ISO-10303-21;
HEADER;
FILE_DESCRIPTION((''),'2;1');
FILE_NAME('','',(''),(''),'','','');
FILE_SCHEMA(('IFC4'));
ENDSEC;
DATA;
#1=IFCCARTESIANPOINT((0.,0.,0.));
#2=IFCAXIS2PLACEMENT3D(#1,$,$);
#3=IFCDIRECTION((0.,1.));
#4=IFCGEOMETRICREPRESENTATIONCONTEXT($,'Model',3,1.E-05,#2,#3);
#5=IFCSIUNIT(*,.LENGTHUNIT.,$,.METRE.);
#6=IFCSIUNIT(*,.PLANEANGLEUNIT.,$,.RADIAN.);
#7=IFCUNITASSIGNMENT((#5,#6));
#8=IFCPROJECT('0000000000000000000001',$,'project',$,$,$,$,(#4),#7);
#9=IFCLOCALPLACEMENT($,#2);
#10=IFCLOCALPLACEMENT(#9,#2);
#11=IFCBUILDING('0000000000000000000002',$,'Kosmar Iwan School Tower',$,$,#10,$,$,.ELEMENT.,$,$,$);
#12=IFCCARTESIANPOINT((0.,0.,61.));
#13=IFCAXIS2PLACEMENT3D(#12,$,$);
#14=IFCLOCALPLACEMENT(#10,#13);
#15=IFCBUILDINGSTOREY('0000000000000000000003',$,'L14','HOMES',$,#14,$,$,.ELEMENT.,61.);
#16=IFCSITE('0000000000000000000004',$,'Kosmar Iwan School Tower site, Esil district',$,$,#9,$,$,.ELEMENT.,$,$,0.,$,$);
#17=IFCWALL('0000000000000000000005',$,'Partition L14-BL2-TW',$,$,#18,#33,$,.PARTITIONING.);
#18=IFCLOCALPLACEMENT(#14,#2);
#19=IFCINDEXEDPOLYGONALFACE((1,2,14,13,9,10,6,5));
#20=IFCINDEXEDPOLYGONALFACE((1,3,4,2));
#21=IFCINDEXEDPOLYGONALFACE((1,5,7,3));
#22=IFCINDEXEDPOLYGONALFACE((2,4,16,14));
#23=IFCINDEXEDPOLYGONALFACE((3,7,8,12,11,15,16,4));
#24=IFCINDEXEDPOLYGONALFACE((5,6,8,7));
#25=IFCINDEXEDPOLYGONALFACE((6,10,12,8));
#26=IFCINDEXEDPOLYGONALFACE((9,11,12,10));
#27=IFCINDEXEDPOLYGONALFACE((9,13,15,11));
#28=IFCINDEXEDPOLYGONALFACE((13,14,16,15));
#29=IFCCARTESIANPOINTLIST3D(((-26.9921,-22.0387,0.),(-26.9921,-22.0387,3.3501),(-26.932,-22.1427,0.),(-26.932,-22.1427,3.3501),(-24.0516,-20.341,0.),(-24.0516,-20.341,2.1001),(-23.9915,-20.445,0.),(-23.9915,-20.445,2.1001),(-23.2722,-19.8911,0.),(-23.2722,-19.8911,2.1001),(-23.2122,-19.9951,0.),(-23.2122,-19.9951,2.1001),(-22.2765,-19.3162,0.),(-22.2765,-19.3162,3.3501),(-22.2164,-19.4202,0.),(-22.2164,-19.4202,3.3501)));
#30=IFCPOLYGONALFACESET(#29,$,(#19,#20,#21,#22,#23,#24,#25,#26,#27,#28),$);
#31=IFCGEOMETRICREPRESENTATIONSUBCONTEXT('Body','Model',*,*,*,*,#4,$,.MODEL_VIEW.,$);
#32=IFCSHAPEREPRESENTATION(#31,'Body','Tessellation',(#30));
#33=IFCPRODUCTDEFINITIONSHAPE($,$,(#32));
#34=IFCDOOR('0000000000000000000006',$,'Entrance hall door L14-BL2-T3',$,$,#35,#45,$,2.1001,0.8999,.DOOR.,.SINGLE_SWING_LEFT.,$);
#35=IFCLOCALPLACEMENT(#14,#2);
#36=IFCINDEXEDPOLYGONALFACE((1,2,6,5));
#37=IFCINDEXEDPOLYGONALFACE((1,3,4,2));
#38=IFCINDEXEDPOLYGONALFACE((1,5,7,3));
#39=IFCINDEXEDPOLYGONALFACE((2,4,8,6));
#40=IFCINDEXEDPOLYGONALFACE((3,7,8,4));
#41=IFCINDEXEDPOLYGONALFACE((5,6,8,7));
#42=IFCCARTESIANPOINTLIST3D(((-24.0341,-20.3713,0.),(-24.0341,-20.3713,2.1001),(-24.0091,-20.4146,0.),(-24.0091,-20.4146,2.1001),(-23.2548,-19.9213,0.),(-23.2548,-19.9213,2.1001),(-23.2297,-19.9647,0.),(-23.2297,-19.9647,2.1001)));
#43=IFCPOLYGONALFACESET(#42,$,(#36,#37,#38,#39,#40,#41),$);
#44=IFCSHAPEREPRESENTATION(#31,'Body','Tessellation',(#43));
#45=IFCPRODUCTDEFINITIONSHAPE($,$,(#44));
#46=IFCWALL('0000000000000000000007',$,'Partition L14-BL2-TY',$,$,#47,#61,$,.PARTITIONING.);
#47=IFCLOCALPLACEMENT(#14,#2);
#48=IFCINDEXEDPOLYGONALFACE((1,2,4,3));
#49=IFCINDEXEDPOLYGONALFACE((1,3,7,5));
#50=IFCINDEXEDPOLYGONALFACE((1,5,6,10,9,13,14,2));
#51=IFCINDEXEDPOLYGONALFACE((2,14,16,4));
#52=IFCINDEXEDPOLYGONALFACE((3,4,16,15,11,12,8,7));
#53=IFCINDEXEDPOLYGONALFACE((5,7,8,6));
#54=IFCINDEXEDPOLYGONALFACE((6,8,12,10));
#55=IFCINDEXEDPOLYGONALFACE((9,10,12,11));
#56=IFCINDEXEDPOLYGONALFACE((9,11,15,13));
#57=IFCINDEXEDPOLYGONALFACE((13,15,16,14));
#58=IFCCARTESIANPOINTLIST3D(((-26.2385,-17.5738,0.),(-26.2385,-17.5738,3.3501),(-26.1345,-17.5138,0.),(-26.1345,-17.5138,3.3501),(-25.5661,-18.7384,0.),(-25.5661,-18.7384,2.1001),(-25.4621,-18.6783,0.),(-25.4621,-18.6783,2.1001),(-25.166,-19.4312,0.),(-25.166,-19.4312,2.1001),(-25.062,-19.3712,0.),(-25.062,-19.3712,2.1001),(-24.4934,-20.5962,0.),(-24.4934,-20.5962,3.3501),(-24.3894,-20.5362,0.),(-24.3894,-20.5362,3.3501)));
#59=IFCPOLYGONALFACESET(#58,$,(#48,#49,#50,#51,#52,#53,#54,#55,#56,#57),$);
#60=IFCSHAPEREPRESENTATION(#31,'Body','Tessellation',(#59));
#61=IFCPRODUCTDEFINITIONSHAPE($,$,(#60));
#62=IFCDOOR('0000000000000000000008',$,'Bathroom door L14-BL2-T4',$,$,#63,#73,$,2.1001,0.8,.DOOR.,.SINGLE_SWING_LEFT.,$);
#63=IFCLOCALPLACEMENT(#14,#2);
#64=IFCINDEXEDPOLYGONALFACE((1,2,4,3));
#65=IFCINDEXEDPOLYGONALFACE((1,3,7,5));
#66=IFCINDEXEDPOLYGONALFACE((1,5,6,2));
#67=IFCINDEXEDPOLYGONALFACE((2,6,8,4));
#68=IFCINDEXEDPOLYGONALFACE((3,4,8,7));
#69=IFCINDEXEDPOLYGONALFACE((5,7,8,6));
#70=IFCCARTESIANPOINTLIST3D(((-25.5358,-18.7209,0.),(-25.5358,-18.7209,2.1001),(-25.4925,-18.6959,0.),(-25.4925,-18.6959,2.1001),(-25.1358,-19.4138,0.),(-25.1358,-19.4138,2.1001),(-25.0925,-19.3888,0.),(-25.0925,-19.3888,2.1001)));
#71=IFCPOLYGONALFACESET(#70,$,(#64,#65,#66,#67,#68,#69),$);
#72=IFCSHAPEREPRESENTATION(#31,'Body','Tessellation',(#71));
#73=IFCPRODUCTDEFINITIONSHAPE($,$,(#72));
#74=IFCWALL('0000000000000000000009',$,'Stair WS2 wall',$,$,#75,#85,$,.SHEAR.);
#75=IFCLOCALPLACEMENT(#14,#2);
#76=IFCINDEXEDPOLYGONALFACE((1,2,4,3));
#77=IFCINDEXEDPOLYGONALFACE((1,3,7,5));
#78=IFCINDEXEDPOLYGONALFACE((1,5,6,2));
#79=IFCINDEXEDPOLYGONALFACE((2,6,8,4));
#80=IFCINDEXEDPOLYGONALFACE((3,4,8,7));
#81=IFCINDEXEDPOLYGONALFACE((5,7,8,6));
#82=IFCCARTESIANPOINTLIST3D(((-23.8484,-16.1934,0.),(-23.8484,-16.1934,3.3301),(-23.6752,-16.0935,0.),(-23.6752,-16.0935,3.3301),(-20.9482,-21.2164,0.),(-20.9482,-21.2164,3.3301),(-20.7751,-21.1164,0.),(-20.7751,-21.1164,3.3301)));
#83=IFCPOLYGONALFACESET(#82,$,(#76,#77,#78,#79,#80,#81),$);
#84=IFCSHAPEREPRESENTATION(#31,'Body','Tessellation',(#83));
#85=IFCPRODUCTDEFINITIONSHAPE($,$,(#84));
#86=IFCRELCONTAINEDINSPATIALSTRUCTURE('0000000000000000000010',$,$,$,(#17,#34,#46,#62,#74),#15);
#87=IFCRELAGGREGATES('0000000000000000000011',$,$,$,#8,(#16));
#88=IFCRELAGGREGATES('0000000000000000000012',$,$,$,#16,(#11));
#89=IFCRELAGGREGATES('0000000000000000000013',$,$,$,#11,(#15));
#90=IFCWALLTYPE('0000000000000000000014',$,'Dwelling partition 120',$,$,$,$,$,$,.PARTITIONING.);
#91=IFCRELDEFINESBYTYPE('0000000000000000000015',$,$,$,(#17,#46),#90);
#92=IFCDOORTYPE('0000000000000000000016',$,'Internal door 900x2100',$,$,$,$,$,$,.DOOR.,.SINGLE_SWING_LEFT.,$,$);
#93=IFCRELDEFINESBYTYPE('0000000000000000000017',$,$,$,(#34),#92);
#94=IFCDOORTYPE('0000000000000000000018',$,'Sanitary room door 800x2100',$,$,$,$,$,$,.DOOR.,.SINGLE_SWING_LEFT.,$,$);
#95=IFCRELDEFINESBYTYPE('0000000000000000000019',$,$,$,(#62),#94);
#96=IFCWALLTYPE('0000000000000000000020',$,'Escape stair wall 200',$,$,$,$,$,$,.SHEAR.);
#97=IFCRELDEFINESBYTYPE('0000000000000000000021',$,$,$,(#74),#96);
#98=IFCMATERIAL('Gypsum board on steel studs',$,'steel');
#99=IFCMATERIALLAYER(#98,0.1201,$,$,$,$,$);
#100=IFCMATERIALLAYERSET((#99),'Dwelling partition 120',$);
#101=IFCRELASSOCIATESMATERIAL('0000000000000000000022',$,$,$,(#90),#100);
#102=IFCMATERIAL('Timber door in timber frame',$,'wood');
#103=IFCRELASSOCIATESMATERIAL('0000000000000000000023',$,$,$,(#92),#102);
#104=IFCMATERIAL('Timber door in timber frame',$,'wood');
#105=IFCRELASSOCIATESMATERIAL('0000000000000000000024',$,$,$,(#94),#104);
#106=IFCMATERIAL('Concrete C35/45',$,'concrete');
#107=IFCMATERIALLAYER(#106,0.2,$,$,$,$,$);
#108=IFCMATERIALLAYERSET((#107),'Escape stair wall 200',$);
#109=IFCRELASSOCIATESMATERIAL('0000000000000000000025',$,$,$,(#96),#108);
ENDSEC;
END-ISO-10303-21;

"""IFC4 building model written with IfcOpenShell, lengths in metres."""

from ifc_helpers import new_model, si_unit, direction, frame, frame_2d, origin, place, context, subcontext, project, spatial, rectangle, extrude, material, layer, layer_set, type_object, element, fill, save


model = new_model("IFC4")

# Units and contexts
model_context = context("Model", 3, precision=1e-05, world=origin(), true_north=direction((0.0, 1.0)))
body_context = subcontext(model_context, "Body", "Model", "MODEL_VIEW")
ifc_project = project(units=[si_unit("LENGTHUNIT", "METRE"), si_unit("PLANEANGLEUNIT", "RADIAN")], contexts=[model_context])

# Site, building, storey
site_placement = place(None, origin())
site = spatial("IfcSite", under=ifc_project, at=site_placement, Name="Kosmar Iwan School Tower site, Esil district", CompositionType="ELEMENT", RefElevation=0.0)
building_placement = place(site_placement, origin())
building = spatial("IfcBuilding", under=site, at=building_placement, Name="Kosmar Iwan School Tower", CompositionType="ELEMENT")
storey_placement = place(building_placement, frame((0.0, 0.0, 61.0)))
storey = spatial("IfcBuildingStorey", under=building, at=storey_placement, Name="L14", Description="HOMES", CompositionType="ELEMENT", Elevation=61.0)

# Walls, openings, doors
ifc_material_1 = material(Name="Gypsum board on steel studs", Category="steel")
ifc_layer_1 = layer(ifc_material_1, 0.1201)
ifc_layer_set_1 = layer_set([ifc_layer_1], Name="Dwelling partition 120")
wall_type_1 = type_object("IfcWallType", Name="Dwelling partition 120", PredefinedType="PARTITIONING", material=ifc_layer_set_1)
ifc_material_2 = material(Name="Timber door in timber frame", Category="wood")
door_type_1 = type_object("IfcDoorType", Name="Internal door 900x2100", OperationType="SINGLE_SWING_LEFT", PredefinedType="DOOR", material=ifc_material_2)
wall_1_placement = place(storey_placement, frame((-22.2463, -19.3682, 0.0), z_axis=(0.0, 0.0, 1.0), x_axis=(-0.866036, -0.499982, 0.0)))
wall_1 = element("IfcWall", 1, at=wall_1_placement, inside=storey, type_object=wall_type_1, Name="Partition L14-BL2-TW", PredefinedType="PARTITIONING", context=body_context, shape_type="SweptSolid", body=[
    extrude(rectangle(XDim=5.4451, YDim=0.1201, at=frame_2d((2.7227, 0.0))), origin(), (0.0, 0.0, 1.0), 3.3501),
])
opening_1_placement = place(wall_1_placement, frame((1.1499, 0.0, 0.0)))
opening_1 = element("IfcOpeningElement", 2, at=opening_1_placement, cuts=wall_1, PredefinedType="OPENING", context=body_context, shape_type="SweptSolid", body=[
    extrude(rectangle(XDim=0.8999, YDim=2.1001, at=frame_2d((0.45, 1.05))), frame((0.0, 0.072, 0.0), z_axis=(0.0, -1.0, 0.0), x_axis=(1.0, 0.0, 0.0)), (0.0, 0.0, 1.0), 0.144),
])
door_1_placement = place(opening_1_placement, origin())
door_1 = element("IfcDoor", 3, at=door_1_placement, inside=storey, type_object=door_type_1, Name="Entrance hall door L14-BL2-T3", OperationType="SINGLE_SWING_LEFT", OverallHeight=2.1001, OverallWidth=0.8999, PredefinedType="DOOR", context=body_context, shape_type="SweptSolid", body=[
    extrude(rectangle(XDim=0.8999, YDim=2.1001, at=frame_2d((0.45, 1.05))), frame((0.0, 0.0249, 0.0), z_axis=(0.0, -1.0, 0.0), x_axis=(1.0, 0.0, 0.0)), (0.0, 0.0, 1.0), 0.05),
])
fill(opening_1, door_1)
wall_2_placement = place(storey_placement, frame((-26.1865, -17.5437, 0.0), z_axis=(0.0, 0.0, 1.0), x_axis=(0.500021, -0.866013, 0.0)))
wall_2 = element("IfcWall", 4, at=wall_2_placement, inside=storey, type_object=wall_type_1, Name="Partition L14-BL2-TY", PredefinedType="PARTITIONING", context=body_context, shape_type="SweptSolid", body=[
    extrude(rectangle(XDim=3.49, YDim=0.1201, at=frame_2d((1.7451, 0.0))), origin(), (0.0, 0.0, 1.0), 3.3501),
])
opening_2_placement = place(wall_2_placement, frame((1.345, 0.0, 0.0)))
opening_2 = element("IfcOpeningElement", 5, at=opening_2_placement, cuts=wall_2, PredefinedType="OPENING", context=body_context, shape_type="SweptSolid", body=[
    extrude(rectangle(XDim=0.8, YDim=2.1001, at=frame_2d((0.3999, 1.05))), frame((0.0, 0.072, 0.0), z_axis=(0.0, -1.0, 0.0), x_axis=(1.0, 0.0, 0.0)), (0.0, 0.0, 1.0), 0.144),
])
ifc_material_3 = material(Name="Timber door in timber frame", Category="wood")
door_type_2 = type_object("IfcDoorType", Name="Sanitary room door 800x2100", OperationType="SINGLE_SWING_LEFT", PredefinedType="DOOR", material=ifc_material_3)
door_2_placement = place(opening_2_placement, origin())
door_2 = element("IfcDoor", 6, at=door_2_placement, inside=storey, type_object=door_type_2, Name="Bathroom door L14-BL2-T4", OperationType="SINGLE_SWING_LEFT", OverallHeight=2.1001, OverallWidth=0.8, PredefinedType="DOOR", context=body_context, shape_type="SweptSolid", body=[
    extrude(rectangle(XDim=0.8, YDim=2.1001, at=frame_2d((0.3999, 1.05))), frame((0.0, 0.0249, 0.0), z_axis=(0.0, -1.0, 0.0), x_axis=(1.0, 0.0, 0.0)), (0.0, 0.0, 1.0), 0.05),
])
fill(opening_2, door_2)

# Wall
ifc_material_4 = material(Name="Concrete C35/45", Category="concrete")
ifc_layer_2 = layer(ifc_material_4, 0.2)
ifc_layer_set_2 = layer_set([ifc_layer_2], Name="Escape stair wall 200")
wall_type_2 = type_object("IfcWallType", Name="Escape stair wall 200", PredefinedType="SHEAR", material=ifc_layer_set_2)
wall_3_placement = place(storey_placement, frame((-23.7617, -16.1436, 0.0), z_axis=(0.0, 0.0, 1.0), x_axis=(0.500019, -0.866015, 0.0)))
element("IfcWall", 7, at=wall_3_placement, inside=storey, type_object=wall_type_2, Name="Stair WS2 wall", PredefinedType="SHEAR", context=body_context, shape_type="SweptSolid", body=[
    extrude(rectangle(XDim=5.8, YDim=0.2, at=frame_2d((2.8999, 0.0))), origin(), (0.0, 0.0, 1.0), 3.3301),
])

save(model, "model.ifc")
